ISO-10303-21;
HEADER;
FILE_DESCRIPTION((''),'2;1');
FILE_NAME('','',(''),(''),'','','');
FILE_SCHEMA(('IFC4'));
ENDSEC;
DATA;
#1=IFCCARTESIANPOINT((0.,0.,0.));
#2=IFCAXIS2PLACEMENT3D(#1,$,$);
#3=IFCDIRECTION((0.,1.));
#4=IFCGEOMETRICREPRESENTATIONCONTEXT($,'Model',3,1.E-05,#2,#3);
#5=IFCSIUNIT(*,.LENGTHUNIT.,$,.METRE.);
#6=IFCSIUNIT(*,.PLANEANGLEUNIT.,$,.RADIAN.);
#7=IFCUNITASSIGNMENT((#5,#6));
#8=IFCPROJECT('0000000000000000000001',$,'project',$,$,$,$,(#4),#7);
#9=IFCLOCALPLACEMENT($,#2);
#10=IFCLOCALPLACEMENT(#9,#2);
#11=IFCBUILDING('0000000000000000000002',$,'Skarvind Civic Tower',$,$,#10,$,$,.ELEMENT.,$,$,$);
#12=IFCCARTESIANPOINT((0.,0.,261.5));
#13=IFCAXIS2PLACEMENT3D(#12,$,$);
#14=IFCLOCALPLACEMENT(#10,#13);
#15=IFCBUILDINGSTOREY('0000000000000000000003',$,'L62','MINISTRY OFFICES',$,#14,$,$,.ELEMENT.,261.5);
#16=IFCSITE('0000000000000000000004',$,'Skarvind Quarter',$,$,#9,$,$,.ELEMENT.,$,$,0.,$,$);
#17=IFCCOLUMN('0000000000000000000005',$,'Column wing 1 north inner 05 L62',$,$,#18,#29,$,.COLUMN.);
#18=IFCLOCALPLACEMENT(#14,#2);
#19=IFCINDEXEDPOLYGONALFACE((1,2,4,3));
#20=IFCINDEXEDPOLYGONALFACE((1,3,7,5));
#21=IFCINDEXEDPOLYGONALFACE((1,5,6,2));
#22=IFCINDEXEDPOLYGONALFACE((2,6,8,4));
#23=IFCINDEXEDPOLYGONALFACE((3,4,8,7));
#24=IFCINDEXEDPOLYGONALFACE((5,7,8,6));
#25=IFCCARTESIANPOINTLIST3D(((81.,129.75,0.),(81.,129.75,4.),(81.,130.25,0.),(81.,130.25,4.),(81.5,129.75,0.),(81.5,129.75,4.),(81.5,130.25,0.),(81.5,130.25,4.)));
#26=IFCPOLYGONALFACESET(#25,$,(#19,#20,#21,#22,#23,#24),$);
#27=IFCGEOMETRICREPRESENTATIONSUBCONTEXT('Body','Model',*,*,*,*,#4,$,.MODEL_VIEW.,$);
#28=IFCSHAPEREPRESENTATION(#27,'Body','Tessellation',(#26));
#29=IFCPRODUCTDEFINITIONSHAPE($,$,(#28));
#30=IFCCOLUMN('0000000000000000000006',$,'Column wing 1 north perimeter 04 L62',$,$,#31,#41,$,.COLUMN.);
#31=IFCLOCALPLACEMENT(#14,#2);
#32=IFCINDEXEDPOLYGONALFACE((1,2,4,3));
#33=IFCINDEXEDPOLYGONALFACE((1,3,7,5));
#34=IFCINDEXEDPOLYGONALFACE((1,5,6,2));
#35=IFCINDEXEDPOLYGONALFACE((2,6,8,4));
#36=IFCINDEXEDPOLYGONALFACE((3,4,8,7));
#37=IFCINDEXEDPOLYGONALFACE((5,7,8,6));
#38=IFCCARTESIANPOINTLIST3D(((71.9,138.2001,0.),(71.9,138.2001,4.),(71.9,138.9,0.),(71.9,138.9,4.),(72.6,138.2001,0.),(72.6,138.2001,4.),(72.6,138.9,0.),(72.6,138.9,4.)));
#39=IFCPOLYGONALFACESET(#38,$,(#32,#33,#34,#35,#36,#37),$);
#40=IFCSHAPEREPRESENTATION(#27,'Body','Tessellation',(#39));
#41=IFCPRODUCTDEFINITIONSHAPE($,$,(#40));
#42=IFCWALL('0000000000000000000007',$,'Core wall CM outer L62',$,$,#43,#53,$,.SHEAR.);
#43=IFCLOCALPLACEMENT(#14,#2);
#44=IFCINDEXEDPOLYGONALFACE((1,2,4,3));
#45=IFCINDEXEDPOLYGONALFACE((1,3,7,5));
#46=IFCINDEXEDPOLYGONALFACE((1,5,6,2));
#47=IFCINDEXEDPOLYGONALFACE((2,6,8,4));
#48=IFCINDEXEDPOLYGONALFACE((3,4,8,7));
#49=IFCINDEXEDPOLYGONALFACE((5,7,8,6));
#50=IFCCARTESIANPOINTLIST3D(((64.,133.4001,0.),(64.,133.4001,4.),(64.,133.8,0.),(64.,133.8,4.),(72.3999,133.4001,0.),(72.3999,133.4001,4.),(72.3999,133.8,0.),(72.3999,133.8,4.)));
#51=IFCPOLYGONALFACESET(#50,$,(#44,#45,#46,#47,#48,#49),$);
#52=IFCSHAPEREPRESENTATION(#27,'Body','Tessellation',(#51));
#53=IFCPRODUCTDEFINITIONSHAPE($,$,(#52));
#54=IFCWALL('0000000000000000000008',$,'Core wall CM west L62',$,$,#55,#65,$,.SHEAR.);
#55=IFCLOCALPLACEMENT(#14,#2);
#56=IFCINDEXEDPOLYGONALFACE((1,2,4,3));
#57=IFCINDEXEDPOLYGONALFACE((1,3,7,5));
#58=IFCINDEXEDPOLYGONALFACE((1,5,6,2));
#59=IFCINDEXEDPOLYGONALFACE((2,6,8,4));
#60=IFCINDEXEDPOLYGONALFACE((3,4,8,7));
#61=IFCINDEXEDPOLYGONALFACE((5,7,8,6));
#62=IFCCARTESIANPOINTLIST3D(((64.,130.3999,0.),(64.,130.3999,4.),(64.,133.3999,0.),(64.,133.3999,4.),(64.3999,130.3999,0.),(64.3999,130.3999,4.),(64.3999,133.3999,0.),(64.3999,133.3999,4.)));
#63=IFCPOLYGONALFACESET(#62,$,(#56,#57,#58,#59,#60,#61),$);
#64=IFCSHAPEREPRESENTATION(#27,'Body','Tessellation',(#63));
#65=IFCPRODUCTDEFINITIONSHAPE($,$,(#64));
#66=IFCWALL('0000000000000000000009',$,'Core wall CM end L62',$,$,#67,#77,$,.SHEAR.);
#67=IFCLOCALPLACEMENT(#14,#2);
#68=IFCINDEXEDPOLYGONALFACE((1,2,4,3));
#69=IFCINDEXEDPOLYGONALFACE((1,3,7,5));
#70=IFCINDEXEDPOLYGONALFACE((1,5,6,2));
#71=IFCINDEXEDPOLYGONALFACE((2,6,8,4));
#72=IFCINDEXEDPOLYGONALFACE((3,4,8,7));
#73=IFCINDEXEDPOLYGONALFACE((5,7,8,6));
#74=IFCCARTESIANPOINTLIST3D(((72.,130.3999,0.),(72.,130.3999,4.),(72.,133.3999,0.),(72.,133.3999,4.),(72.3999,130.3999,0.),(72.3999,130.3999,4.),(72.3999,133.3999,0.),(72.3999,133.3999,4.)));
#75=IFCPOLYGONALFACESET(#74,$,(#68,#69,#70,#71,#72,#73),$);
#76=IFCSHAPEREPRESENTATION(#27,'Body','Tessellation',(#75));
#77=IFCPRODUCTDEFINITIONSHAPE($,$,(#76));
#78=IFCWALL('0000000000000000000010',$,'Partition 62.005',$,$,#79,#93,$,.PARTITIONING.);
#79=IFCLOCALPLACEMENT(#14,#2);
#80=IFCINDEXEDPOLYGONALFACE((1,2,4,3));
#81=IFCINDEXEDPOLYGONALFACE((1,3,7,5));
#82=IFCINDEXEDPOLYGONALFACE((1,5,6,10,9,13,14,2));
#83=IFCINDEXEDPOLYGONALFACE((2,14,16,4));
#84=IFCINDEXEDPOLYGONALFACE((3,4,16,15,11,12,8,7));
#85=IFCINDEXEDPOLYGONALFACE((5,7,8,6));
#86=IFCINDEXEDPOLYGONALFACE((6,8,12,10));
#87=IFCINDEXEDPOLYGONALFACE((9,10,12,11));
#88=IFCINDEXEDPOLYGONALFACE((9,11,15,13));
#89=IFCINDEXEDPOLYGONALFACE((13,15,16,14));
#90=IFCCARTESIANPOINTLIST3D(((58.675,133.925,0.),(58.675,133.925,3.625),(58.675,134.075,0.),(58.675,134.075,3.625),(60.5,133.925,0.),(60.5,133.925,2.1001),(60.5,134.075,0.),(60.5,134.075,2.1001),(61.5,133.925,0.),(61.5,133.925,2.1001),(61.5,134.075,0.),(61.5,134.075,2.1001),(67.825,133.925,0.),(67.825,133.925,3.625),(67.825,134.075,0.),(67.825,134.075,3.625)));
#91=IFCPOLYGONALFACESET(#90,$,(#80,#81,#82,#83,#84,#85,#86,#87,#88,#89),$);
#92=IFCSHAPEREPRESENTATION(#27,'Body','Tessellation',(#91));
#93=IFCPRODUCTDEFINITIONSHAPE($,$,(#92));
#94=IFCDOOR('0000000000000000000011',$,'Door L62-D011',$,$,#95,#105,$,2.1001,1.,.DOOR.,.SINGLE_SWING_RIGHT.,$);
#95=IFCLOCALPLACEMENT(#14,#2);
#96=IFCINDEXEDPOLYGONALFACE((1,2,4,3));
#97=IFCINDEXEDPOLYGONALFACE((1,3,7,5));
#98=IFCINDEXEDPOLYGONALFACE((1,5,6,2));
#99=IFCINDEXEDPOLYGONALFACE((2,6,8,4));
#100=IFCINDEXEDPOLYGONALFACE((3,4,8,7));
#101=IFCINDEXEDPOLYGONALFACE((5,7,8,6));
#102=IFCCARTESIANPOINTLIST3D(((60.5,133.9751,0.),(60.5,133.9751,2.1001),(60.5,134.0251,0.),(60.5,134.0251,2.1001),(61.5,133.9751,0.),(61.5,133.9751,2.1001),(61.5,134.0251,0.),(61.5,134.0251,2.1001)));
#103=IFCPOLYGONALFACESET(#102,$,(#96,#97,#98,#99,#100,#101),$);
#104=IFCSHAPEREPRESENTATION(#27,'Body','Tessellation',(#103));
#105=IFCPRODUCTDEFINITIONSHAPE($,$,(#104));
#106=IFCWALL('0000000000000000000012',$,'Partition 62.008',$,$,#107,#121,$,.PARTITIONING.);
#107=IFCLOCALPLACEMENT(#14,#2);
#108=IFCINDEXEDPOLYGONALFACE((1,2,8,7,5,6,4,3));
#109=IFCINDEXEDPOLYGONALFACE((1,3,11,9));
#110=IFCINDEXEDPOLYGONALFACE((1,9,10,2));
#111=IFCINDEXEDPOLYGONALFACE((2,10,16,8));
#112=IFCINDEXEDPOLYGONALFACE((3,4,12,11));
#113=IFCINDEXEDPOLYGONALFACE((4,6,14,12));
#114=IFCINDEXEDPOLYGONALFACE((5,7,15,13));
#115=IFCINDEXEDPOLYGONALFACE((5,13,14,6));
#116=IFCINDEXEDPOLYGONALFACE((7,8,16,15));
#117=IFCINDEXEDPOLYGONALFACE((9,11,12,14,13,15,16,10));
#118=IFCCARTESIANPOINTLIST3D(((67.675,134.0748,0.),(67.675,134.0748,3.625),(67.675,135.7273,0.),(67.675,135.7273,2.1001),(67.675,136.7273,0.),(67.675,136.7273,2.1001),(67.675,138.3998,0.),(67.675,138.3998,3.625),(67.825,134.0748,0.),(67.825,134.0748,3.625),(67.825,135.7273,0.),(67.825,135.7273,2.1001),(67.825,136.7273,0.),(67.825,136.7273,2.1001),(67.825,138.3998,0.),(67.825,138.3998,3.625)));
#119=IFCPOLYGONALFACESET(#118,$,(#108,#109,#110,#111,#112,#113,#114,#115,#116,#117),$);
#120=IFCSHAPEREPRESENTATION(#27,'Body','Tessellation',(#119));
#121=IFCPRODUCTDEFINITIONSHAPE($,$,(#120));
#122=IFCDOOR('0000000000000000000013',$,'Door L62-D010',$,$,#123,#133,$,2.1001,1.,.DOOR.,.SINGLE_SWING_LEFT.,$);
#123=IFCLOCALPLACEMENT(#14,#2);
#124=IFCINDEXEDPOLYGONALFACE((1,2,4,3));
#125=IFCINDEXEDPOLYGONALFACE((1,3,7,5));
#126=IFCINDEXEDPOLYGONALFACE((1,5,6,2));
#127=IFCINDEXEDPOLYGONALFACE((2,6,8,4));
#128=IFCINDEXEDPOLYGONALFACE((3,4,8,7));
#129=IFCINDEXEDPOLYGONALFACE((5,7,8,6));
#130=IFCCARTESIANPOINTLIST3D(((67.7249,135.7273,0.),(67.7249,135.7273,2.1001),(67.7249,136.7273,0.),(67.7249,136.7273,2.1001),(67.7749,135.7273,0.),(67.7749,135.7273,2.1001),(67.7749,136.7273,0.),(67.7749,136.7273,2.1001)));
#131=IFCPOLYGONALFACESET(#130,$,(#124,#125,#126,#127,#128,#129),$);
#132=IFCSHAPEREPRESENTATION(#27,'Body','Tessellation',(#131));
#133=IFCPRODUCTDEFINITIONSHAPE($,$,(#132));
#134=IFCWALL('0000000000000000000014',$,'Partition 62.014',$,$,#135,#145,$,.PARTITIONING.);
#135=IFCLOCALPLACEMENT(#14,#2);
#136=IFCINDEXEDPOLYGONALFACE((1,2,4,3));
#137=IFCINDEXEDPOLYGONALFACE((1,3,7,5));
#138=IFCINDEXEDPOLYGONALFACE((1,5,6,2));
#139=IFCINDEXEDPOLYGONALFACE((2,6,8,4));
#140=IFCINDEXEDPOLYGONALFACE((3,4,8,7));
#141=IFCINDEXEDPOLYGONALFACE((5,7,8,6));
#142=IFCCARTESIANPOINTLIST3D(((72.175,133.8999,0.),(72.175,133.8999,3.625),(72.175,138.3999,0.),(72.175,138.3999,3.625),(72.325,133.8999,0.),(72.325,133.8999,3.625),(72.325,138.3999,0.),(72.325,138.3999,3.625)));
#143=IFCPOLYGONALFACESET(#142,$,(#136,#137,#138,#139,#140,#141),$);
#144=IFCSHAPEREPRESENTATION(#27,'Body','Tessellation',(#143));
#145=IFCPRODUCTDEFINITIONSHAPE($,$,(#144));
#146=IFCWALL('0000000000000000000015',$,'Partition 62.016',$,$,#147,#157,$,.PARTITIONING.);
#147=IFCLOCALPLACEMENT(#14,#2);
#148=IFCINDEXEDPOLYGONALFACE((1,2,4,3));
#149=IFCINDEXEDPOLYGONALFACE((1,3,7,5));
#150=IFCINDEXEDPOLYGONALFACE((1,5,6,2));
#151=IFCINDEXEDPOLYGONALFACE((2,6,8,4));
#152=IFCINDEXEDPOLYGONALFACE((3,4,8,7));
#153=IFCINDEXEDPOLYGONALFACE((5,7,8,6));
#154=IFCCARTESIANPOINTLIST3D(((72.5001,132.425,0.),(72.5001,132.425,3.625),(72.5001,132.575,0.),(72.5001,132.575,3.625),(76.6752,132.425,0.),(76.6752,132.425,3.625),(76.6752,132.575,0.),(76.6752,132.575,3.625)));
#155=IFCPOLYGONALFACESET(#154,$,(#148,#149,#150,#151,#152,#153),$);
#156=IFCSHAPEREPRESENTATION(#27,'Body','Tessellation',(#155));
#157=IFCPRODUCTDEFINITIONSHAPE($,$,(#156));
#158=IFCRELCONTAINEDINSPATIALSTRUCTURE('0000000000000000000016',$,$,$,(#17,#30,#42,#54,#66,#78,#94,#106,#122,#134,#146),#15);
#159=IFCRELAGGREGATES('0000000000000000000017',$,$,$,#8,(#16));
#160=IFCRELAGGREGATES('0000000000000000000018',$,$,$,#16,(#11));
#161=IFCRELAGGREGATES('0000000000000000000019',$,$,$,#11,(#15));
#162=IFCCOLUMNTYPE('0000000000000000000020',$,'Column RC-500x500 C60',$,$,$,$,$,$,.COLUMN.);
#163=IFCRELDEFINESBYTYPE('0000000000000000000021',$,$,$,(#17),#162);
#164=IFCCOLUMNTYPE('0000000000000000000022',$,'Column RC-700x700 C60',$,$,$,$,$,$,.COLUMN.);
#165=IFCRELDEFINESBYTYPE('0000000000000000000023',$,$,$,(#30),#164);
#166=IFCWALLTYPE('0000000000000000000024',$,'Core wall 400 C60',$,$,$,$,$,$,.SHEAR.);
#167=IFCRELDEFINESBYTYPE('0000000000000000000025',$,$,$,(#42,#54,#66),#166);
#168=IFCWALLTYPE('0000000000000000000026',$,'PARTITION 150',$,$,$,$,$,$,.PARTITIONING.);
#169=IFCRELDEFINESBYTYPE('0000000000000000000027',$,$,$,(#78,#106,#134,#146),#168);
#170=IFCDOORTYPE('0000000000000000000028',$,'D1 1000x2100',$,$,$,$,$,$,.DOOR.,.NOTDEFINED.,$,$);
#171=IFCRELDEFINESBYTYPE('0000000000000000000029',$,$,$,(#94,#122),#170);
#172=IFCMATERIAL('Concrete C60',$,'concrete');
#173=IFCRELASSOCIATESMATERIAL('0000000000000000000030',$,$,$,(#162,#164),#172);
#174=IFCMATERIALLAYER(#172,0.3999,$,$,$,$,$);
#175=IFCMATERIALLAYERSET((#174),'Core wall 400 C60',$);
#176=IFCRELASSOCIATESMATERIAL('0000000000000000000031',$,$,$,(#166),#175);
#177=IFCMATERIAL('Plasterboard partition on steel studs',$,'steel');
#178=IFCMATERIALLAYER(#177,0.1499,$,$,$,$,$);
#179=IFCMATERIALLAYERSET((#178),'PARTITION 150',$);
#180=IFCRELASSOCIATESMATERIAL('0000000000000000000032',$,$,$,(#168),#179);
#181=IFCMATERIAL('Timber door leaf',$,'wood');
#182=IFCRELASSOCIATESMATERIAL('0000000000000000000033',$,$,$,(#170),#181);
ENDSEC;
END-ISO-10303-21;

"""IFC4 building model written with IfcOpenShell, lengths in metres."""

from ifc_helpers import new_model, si_unit, direction, frame, frame_2d, origin, origin_2d, place, context, subcontext, project, spatial, rectangle, extrude, material, layer, layer_set, material_profile, profile_set, type_object, element, fill, save


model = new_model("IFC4")

# Units and contexts
model_context = context("Model", 3, precision=1e-05, world=origin(), true_north=direction((0.0, 1.0)))
body_context = subcontext(model_context, "Body", "Model", "MODEL_VIEW")
ifc_project = project(units=[si_unit("LENGTHUNIT", "METRE"), si_unit("PLANEANGLEUNIT", "RADIAN")], contexts=[model_context])

# Site, building, storey
site_placement = place(None, origin())
site = spatial("IfcSite", under=ifc_project, at=site_placement, Name="Skarvind Quarter", CompositionType="ELEMENT", RefElevation=0.0)
building_placement = place(site_placement, origin())
building = spatial("IfcBuilding", under=site, at=building_placement, Name="Skarvind Civic Tower", CompositionType="ELEMENT")
storey_placement = place(building_placement, frame((0.0, 0.0, 261.5)))
storey = spatial("IfcBuildingStorey", under=building, at=storey_placement, Name="L62", Description="MINISTRY OFFICES", CompositionType="ELEMENT", Elevation=261.5)

# Columns
ifc_material_1 = material(Name="Concrete C60", Category="concrete")
ifc_material_profile_1 = material_profile(ifc_material_1, rectangle(XDim=0.5, YDim=0.5, at=origin_2d()), Name="RC-500x500")
ifc_profile_set_1 = profile_set([ifc_material_profile_1], Name="Concrete C60")
column_type_1 = type_object("IfcColumnType", Name="Column RC-500x500 C60", PredefinedType="COLUMN", material=ifc_profile_set_1)
column_1_placement = place(storey_placement, frame((81.25, 130.0, 0.0), z_axis=(0.0, 0.0, 1.0), x_axis=(1.0, 0.0, 0.0)))
element("IfcColumn", 1, at=column_1_placement, inside=storey, type_object=column_type_1, Name="Column wing 1 north inner 05 L62", PredefinedType="COLUMN", context=body_context, shape_type="SweptSolid", body=[
    extrude(rectangle(XDim=0.5, YDim=0.5, at=origin_2d()), origin(), (0.0, 0.0, 1.0), 4.0),
])
ifc_material_profile_2 = material_profile(ifc_material_1, rectangle(XDim=0.7, YDim=0.7, at=origin_2d()), Name="RC-700x700")
ifc_profile_set_2 = profile_set([ifc_material_profile_2], Name="Concrete C60")
column_type_2 = type_object("IfcColumnType", Name="Column RC-700x700 C60", PredefinedType="COLUMN", material=ifc_profile_set_2)
column_2_placement = place(storey_placement, frame((72.25, 138.55, 0.0), z_axis=(0.0, 0.0, 1.0), x_axis=(1.0, 0.0, 0.0)))
element("IfcColumn", 2, at=column_2_placement, inside=storey, type_object=column_type_2, Name="Column wing 1 north perimeter 04 L62", PredefinedType="COLUMN", context=body_context, shape_type="SweptSolid", body=[
    extrude(rectangle(XDim=0.7, YDim=0.7, at=origin_2d()), origin(), (0.0, 0.0, 1.0), 4.0),
])

# Walls
ifc_layer_1 = layer(ifc_material_1, 0.3999)
ifc_layer_set_1 = layer_set([ifc_layer_1], Name="Core wall 400 C60")
wall_type_1 = type_object("IfcWallType", Name="Core wall 400 C60", PredefinedType="SHEAR", material=ifc_layer_set_1)
wall_1_placement = place(storey_placement, frame((64.0, 133.6001, 0.0), z_axis=(0.0, 0.0, 1.0), x_axis=(1.0, 0.0, 0.0)))
element("IfcWall", 3, at=wall_1_placement, inside=storey, type_object=wall_type_1, Name="Core wall CM outer L62", PredefinedType="SHEAR", context=body_context, shape_type="SweptSolid", body=[
    extrude(rectangle(XDim=8.3999, YDim=0.3999, at=frame_2d((4.2, 0.0))), origin(), (0.0, 0.0, 1.0), 4.0),
])
for number, where, z_axis, x_axis, name in (
    (4, (64.2, 130.3999, 0.0), (0.0, 0.0, 1.0), (0.0, 1.0, 0.0), "Core wall CM west L62"),
    (5, (72.2, 130.3999, 0.0), (0.0, 0.0, 1.0), (0.0, 1.0, 0.0), "Core wall CM end L62"),
):
    element("IfcWall", number, at=place(storey_placement, frame(where, z_axis=z_axis, x_axis=x_axis)), inside=storey, type_object=wall_type_1, Name=name, PredefinedType="SHEAR", context=body_context, shape_type="SweptSolid", body=[
        extrude(rectangle(XDim=3.0, YDim=0.3999, at=frame_2d((1.5, 0.0))), origin(), (0.0, 0.0, 1.0), 4.0),
    ])

# Walls, openings, doors
ifc_material_2 = material(Name="Plasterboard partition on steel studs", Category="steel")
ifc_layer_2 = layer(ifc_material_2, 0.1499)
ifc_layer_set_2 = layer_set([ifc_layer_2], Name="PARTITION 150")
wall_type_2 = type_object("IfcWallType", Name="PARTITION 150", PredefinedType="PARTITIONING", material=ifc_layer_set_2)
wall_2_placement = place(storey_placement, frame((67.825, 134.0, 0.0), z_axis=(0.0, 0.0, 1.0), x_axis=(-1.0, 0.0, 0.0)))
wall_2 = element("IfcWall", 6, at=wall_2_placement, inside=storey, type_object=wall_type_2, Name="Partition 62.005", PredefinedType="PARTITIONING", context=body_context, shape_type="SweptSolid", body=[
    extrude(rectangle(XDim=9.1499, YDim=0.1499, at=frame_2d((4.575, 0.0))), origin(), (0.0, 0.0, 1.0), 3.625),
])
opening_1_placement = place(wall_2_placement, frame((6.325, 0.0, 0.0)))
opening_1 = element("IfcOpeningElement", 7, at=opening_1_placement, cuts=wall_2, PredefinedType="OPENING", context=body_context, shape_type="SweptSolid", body=[
    extrude(rectangle(XDim=1.0, YDim=2.1001, at=frame_2d((0.5, 1.05))), frame((0.0, 0.085, 0.0), z_axis=(0.0, -1.0, 0.0), x_axis=(1.0, 0.0, 0.0)), (0.0, 0.0, 1.0), 0.1699),
])
ifc_material_3 = material(Name="Timber door leaf", Category="wood")
door_type = type_object("IfcDoorType", Name="D1 1000x2100", OperationType="NOTDEFINED", PredefinedType="DOOR", material=ifc_material_3)
door_1_placement = place(opening_1_placement, origin())
door_1 = element("IfcDoor", 8, at=door_1_placement, inside=storey, type_object=door_type, Name="Door L62-D011", OperationType="SINGLE_SWING_RIGHT", OverallHeight=2.1001, OverallWidth=1.0, PredefinedType="DOOR", context=body_context, shape_type="SweptSolid", body=[
    extrude(rectangle(XDim=1.0, YDim=2.1001, at=frame_2d((0.5, 1.05))), frame((0.0, 0.0249, 0.0), z_axis=(0.0, -1.0, 0.0), x_axis=(1.0, 0.0, 0.0)), (0.0, 0.0, 1.0), 0.05),
])
fill(opening_1, door_1)
wall_3_placement = place(storey_placement, frame((67.75, 138.3999, 0.0), z_axis=(0.0, 0.0, 1.0), x_axis=(0.0, -1.0, 0.0)))
wall_3 = element("IfcWall", 9, at=wall_3_placement, inside=storey, type_object=wall_type_2, Name="Partition 62.008", PredefinedType="PARTITIONING", context=body_context, shape_type="SweptSolid", body=[
    extrude(rectangle(XDim=4.325, YDim=0.1499, at=frame_2d((2.1626, 0.0))), origin(), (0.0, 0.0, 1.0), 3.625),
])
opening_2_placement = place(wall_3_placement, frame((1.6726, 0.0, 0.0)))
opening_2 = element("IfcOpeningElement", 10, at=opening_2_placement, cuts=wall_3, PredefinedType="OPENING", context=body_context, shape_type="SweptSolid", body=[
    extrude(rectangle(XDim=1.0, YDim=2.1001, at=frame_2d((0.5, 1.05))), frame((0.0, 0.085, 0.0), z_axis=(0.0, -1.0, 0.0), x_axis=(1.0, 0.0, 0.0)), (0.0, 0.0, 1.0), 0.1699),
])
door_2_placement = place(opening_2_placement, origin())
door_2 = element("IfcDoor", 11, at=door_2_placement, inside=storey, type_object=door_type, Name="Door L62-D010", OperationType="SINGLE_SWING_LEFT", OverallHeight=2.1001, OverallWidth=1.0, PredefinedType="DOOR", context=body_context, shape_type="SweptSolid", body=[
    extrude(rectangle(XDim=1.0, YDim=2.1001, at=frame_2d((0.5, 1.05))), frame((0.0, 0.0249, 0.0), z_axis=(0.0, -1.0, 0.0), x_axis=(1.0, 0.0, 0.0)), (0.0, 0.0, 1.0), 0.05),
])
fill(opening_2, door_2)

# Walls
wall_4_placement = place(storey_placement, frame((72.25, 133.8999, 0.0), z_axis=(0.0, 0.0, 1.0), x_axis=(0.0, 1.0, 0.0)))
element("IfcWall", 12, at=wall_4_placement, inside=storey, type_object=wall_type_2, Name="Partition 62.014", PredefinedType="PARTITIONING", context=body_context, shape_type="SweptSolid", body=[
    extrude(rectangle(XDim=4.5, YDim=0.1499, at=frame_2d((2.25, 0.0))), origin(), (0.0, 0.0, 1.0), 3.625),
])
wall_5_placement = place(storey_placement, frame((76.675, 132.5, 0.0), z_axis=(0.0, 0.0, 1.0), x_axis=(-1.0, 0.0, 0.0)))
element("IfcWall", 13, at=wall_5_placement, inside=storey, type_object=wall_type_2, Name="Partition 62.016", PredefinedType="PARTITIONING", context=body_context, shape_type="SweptSolid", body=[
    extrude(rectangle(XDim=4.175, YDim=0.1499, at=frame_2d((2.0874, 0.0))), origin(), (0.0, 0.0, 1.0), 3.625),
])

save(model, "model.ifc")
